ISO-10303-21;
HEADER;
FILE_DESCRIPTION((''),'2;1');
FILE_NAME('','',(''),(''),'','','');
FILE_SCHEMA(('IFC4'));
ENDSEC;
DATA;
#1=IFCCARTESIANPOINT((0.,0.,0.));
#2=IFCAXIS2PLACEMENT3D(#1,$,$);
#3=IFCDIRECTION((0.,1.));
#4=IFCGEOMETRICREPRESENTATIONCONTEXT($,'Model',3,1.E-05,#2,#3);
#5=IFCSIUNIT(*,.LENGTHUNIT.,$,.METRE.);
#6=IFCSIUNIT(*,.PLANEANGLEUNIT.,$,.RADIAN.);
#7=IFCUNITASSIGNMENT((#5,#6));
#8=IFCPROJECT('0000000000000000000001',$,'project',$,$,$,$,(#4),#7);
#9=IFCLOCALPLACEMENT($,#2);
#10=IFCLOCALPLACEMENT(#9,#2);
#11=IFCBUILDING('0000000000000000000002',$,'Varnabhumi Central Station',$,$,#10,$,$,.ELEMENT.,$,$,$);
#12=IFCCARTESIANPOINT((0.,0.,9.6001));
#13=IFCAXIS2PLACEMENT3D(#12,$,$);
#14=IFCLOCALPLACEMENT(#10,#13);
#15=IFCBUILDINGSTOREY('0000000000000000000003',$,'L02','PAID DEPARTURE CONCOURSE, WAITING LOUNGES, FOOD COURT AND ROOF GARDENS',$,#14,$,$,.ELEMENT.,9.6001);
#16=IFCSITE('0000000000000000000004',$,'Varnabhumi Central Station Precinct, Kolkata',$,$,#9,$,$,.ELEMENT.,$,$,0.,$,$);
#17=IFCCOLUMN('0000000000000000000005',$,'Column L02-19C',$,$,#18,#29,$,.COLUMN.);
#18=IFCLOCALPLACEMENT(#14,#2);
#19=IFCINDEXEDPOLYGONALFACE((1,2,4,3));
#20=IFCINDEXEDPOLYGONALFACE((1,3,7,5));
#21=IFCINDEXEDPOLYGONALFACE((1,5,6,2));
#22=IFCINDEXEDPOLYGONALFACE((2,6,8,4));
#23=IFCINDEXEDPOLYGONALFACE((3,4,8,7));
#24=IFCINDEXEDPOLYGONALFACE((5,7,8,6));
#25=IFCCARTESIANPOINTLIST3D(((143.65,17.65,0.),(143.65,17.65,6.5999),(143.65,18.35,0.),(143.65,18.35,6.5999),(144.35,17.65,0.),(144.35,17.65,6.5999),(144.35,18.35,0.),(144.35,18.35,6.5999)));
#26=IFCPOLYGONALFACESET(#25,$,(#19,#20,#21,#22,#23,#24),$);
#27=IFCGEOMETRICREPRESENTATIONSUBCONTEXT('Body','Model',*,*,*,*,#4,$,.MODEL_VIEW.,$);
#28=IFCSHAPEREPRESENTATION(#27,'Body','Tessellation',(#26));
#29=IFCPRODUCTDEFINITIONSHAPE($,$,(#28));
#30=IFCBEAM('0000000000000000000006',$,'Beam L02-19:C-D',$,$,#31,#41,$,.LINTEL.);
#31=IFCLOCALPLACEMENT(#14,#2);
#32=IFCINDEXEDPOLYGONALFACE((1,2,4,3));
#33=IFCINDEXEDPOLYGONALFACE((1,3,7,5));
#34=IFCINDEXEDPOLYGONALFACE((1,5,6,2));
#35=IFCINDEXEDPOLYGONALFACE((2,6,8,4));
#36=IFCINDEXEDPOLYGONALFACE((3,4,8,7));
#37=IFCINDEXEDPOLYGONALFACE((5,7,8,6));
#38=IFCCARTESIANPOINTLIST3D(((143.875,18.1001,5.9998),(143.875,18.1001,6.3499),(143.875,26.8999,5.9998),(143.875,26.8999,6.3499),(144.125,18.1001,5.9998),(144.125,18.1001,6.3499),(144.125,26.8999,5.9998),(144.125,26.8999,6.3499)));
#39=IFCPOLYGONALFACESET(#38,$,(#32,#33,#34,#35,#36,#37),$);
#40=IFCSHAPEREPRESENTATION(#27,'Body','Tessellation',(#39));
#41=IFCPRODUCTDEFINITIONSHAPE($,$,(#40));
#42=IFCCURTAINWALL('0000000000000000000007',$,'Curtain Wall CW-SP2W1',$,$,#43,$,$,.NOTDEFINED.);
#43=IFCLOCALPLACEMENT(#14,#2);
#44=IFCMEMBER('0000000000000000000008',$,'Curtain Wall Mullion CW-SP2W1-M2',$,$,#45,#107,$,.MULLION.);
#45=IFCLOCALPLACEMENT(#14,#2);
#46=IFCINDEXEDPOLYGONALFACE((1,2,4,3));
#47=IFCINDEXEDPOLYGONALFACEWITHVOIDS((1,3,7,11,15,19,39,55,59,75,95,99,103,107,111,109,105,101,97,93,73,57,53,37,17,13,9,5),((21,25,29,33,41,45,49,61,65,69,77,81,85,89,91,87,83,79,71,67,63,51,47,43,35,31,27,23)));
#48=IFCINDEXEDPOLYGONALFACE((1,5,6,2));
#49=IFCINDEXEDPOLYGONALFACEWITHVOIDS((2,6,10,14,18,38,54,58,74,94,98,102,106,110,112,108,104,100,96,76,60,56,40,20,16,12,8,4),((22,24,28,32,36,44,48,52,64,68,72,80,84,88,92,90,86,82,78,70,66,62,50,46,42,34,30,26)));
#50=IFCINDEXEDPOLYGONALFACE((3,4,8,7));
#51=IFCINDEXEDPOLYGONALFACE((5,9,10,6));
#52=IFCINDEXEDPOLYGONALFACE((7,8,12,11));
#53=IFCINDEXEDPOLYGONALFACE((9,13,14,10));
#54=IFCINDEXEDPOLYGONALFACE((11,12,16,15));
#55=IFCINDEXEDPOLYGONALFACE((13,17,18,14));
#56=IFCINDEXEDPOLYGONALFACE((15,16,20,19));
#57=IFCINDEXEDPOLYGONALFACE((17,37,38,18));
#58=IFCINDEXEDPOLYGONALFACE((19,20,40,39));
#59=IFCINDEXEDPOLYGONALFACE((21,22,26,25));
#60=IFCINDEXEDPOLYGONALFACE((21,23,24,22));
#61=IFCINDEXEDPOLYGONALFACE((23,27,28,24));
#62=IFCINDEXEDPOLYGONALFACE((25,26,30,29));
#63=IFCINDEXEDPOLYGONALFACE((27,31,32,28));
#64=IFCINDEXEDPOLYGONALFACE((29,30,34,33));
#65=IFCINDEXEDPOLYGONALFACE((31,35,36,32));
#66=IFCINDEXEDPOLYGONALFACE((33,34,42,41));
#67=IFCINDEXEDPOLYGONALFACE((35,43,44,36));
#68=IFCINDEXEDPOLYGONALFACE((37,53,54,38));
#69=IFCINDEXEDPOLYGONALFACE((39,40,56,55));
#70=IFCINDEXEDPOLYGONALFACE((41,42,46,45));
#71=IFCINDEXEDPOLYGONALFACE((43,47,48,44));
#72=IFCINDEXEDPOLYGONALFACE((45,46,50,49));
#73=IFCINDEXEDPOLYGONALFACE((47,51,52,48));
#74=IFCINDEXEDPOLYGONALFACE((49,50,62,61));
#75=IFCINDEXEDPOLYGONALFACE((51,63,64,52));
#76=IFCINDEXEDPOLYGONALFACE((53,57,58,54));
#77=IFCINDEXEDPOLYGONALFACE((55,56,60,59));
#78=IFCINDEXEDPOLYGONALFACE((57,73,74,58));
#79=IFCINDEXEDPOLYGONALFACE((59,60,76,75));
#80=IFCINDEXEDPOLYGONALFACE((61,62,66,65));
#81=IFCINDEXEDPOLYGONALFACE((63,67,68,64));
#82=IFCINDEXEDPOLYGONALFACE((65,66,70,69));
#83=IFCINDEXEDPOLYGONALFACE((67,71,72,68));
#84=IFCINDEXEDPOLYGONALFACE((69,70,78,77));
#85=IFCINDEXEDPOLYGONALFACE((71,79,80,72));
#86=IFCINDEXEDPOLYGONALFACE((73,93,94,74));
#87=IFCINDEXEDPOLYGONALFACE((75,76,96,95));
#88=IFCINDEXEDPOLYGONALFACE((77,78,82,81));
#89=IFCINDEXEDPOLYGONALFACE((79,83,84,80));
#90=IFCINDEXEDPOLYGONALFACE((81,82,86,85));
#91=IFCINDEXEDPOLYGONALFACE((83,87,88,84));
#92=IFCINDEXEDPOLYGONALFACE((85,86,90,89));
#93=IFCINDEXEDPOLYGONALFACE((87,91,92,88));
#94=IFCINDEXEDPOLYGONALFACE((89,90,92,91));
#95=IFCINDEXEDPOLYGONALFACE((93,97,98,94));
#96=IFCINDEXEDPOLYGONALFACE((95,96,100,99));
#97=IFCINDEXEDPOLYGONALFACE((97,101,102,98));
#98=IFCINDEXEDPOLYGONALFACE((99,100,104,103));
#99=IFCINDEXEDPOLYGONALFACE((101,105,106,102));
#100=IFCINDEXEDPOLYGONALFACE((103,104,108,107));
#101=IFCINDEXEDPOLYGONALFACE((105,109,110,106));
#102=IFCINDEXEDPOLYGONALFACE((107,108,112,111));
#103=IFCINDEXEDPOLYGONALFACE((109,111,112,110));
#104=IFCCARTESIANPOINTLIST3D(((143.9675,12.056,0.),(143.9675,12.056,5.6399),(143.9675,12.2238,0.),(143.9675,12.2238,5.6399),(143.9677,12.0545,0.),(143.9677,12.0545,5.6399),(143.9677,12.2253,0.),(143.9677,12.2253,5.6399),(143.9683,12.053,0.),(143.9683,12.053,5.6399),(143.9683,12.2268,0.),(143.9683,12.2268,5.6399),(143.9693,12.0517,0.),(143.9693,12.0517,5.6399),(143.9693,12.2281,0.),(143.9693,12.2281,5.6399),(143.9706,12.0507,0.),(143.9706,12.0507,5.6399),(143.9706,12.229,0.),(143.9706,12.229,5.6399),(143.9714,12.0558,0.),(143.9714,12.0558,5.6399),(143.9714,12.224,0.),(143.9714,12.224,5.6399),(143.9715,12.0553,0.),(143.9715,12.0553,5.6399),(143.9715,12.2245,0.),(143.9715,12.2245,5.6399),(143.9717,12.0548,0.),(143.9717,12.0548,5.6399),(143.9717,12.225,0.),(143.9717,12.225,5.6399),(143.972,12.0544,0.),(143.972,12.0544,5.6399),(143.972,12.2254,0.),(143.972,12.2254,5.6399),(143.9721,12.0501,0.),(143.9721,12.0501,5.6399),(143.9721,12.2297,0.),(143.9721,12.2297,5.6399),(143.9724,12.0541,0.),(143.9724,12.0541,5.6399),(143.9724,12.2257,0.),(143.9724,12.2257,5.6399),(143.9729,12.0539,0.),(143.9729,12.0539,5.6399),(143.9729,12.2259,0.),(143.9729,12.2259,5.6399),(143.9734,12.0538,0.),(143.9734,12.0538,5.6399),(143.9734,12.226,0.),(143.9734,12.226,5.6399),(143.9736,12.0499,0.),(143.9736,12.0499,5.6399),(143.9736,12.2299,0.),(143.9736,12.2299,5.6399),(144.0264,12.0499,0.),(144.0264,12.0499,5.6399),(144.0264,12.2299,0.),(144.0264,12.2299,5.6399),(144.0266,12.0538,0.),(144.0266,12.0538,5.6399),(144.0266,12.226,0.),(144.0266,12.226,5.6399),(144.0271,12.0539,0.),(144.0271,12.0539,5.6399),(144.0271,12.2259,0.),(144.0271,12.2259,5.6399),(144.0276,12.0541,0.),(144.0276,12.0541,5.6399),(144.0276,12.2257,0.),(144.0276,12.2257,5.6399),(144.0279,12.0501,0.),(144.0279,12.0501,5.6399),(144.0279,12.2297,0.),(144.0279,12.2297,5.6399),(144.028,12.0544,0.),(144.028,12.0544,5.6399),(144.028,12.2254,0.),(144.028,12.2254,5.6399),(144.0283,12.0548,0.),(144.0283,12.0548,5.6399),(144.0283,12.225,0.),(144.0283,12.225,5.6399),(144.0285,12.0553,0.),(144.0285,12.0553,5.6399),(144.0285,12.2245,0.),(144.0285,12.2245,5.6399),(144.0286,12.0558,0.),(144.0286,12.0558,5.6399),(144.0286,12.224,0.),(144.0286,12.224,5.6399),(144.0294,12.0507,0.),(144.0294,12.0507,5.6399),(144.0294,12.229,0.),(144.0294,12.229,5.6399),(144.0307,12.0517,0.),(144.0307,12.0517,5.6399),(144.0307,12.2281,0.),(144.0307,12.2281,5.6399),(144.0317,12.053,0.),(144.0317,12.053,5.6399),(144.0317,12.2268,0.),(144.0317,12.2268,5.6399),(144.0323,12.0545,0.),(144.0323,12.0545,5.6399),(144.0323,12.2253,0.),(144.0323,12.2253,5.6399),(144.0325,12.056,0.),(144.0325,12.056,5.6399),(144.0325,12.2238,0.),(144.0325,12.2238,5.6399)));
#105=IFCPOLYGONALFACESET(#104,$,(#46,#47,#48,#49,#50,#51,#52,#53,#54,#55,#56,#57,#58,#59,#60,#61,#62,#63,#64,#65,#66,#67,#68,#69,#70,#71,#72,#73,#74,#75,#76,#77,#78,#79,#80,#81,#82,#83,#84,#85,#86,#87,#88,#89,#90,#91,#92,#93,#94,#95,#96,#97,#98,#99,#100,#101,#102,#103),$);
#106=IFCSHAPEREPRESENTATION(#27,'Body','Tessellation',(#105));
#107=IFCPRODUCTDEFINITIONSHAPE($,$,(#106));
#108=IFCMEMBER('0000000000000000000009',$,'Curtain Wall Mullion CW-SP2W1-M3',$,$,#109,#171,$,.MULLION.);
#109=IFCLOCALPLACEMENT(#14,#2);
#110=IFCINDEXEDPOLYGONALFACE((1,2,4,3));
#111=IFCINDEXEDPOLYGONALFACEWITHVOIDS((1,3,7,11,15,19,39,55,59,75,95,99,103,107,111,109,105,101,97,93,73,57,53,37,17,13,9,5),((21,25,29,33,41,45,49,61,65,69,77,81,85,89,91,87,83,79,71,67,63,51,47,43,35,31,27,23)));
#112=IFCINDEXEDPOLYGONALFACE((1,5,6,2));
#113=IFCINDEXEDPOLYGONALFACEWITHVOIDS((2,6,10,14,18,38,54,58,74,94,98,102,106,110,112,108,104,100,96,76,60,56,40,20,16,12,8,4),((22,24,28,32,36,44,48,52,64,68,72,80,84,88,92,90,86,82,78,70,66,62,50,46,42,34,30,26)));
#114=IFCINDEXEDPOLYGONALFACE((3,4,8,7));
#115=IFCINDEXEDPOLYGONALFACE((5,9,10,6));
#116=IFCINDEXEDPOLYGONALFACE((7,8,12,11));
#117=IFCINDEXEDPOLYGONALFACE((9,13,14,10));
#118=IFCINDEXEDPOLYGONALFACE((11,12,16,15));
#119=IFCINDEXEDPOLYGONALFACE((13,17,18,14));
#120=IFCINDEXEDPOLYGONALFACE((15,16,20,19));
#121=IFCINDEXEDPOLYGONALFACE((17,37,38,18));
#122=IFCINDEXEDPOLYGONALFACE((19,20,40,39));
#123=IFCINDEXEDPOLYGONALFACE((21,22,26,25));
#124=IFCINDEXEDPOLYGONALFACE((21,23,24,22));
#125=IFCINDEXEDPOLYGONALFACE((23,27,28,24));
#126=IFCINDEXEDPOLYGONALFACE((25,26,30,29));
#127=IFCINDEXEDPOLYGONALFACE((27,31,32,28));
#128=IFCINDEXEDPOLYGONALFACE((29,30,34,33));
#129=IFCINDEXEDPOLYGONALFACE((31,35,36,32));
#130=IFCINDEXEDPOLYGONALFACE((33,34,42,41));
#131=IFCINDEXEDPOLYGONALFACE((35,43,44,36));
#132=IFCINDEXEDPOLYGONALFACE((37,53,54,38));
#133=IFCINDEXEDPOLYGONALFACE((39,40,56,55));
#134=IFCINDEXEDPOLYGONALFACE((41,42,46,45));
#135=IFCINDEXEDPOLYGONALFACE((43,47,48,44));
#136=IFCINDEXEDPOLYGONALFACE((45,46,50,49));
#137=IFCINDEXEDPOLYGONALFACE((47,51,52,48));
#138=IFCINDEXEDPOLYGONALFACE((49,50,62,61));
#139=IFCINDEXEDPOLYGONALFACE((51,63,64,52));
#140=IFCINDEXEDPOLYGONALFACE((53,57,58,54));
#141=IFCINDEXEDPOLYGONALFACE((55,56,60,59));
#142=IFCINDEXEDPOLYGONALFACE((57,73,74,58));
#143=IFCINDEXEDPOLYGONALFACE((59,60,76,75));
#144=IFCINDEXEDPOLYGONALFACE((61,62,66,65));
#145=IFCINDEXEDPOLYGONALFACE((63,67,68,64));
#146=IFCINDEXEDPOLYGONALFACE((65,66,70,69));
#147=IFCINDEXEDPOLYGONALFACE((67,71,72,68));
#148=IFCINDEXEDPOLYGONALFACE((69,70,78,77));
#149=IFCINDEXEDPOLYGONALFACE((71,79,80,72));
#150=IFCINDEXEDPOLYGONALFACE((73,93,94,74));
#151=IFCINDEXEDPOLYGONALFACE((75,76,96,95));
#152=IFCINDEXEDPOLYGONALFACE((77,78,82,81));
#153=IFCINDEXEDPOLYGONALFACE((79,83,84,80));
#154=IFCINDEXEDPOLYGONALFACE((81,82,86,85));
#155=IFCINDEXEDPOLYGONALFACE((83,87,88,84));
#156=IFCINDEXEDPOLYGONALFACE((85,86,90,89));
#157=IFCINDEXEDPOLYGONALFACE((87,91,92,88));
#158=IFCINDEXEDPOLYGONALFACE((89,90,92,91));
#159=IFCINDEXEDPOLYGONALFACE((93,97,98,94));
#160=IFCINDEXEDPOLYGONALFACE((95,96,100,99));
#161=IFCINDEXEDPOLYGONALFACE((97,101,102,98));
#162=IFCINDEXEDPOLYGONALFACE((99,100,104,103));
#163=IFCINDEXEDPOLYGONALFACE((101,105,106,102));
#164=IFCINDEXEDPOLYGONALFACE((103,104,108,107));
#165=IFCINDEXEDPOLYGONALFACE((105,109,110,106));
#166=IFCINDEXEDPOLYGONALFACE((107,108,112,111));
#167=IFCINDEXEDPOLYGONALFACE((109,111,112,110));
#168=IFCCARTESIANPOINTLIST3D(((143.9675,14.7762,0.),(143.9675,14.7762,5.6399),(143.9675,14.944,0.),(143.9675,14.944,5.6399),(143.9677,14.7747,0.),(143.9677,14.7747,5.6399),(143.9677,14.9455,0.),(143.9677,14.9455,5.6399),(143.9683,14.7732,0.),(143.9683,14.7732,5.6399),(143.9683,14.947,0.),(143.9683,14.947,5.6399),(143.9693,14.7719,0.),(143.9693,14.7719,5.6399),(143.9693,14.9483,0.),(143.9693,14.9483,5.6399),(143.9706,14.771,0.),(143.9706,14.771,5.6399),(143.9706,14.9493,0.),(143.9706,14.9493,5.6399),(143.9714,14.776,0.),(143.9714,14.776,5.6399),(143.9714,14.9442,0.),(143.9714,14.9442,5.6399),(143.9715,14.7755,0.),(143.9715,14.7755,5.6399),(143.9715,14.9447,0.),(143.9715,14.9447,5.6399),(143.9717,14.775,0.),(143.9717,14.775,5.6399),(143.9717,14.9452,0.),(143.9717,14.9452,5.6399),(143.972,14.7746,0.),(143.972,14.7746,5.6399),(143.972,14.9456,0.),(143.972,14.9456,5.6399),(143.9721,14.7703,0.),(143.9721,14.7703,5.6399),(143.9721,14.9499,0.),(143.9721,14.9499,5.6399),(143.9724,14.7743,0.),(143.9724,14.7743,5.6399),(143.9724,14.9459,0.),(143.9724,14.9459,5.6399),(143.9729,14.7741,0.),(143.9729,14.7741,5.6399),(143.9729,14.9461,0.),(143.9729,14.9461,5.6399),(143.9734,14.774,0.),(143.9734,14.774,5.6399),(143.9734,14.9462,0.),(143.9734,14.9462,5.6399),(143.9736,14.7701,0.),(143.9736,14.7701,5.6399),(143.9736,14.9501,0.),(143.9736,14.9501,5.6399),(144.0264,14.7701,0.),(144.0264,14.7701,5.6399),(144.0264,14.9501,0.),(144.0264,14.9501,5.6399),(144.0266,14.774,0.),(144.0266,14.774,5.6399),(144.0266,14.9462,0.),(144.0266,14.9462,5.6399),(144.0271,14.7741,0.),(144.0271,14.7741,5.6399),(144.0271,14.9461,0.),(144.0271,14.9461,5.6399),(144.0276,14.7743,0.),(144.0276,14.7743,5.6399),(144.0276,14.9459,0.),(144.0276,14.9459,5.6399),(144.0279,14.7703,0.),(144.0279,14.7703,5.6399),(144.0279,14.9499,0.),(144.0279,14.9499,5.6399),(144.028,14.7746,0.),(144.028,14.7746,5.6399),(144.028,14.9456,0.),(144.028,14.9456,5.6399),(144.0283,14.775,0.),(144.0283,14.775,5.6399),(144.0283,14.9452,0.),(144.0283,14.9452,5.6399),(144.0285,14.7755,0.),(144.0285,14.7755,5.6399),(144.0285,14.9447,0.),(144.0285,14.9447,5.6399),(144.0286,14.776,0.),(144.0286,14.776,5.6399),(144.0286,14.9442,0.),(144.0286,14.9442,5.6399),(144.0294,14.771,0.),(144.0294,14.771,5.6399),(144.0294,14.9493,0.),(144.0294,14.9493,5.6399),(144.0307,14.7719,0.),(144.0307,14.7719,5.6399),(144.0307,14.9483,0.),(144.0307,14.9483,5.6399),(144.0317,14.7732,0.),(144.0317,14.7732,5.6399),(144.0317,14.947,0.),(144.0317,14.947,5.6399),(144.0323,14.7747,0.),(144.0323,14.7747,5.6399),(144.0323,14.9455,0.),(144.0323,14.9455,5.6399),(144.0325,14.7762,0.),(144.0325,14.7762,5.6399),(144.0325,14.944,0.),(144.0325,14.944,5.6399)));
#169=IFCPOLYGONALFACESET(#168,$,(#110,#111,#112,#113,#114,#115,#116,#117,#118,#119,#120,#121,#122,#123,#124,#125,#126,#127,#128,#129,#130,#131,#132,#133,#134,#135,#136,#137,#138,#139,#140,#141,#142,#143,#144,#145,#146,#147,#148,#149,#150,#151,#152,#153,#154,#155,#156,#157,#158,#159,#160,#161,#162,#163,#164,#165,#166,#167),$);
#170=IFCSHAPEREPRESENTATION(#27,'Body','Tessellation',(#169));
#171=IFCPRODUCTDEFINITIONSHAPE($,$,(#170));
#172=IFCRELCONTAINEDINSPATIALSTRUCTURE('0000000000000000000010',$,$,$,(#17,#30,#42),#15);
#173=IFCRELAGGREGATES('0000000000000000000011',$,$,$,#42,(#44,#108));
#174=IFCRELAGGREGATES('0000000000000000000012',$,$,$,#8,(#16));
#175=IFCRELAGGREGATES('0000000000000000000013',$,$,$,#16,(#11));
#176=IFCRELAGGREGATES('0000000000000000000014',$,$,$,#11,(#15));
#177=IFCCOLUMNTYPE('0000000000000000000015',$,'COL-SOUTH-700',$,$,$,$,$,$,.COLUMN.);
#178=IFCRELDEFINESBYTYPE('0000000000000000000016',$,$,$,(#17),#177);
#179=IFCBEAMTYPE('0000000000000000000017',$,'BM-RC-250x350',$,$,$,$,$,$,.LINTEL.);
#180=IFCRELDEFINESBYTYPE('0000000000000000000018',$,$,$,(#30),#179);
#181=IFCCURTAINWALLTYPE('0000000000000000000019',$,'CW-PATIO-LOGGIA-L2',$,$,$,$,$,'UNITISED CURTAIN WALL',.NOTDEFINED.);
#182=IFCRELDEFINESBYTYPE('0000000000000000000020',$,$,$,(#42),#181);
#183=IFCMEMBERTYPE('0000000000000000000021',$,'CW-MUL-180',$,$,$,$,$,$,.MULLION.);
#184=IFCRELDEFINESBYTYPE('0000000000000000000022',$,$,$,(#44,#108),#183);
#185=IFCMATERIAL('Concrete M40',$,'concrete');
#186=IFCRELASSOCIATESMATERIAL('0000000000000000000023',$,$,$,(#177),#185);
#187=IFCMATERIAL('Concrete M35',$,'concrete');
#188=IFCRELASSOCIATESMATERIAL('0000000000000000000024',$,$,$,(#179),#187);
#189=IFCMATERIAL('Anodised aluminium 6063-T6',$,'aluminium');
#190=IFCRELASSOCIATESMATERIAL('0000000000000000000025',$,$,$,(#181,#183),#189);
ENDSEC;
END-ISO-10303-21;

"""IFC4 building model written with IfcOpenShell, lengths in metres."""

from ifc_helpers import new_model, si_unit, direction, frame, origin, origin_2d, place, context, subcontext, project, spatial, rectangle, hollow_rectangle, extrude, material, material_profile, profile_set, type_object, element, aggregate, save


model = new_model("IFC4")

# Units and contexts
model_context = context("Model", 3, precision=1e-05, world=origin(), true_north=direction((0.0, 1.0)))
body_context = subcontext(model_context, "Body", "Model", "MODEL_VIEW")
ifc_project = project(units=[si_unit("LENGTHUNIT", "METRE"), si_unit("PLANEANGLEUNIT", "RADIAN")], contexts=[model_context])

# Site, building, storey
site_placement = place(None, origin())
site = spatial("IfcSite", under=ifc_project, at=site_placement, Name="Varnabhumi Central Station Precinct, Kolkata", CompositionType="ELEMENT", RefElevation=0.0)
building_placement = place(site_placement, origin())
building = spatial("IfcBuilding", under=site, at=building_placement, Name="Varnabhumi Central Station", CompositionType="ELEMENT")
storey_placement = place(building_placement, frame((0.0, 0.0, 9.6001)))
storey = spatial("IfcBuildingStorey", under=building, at=storey_placement, Name="L02", Description="PAID DEPARTURE CONCOURSE, WAITING LOUNGES, FOOD COURT AND ROOF GARDENS", CompositionType="ELEMENT", Elevation=9.6001)

# Column
ifc_material_1 = material(Name="Concrete M40", Category="concrete")
ifc_material_profile_1 = material_profile(ifc_material_1, rectangle(XDim=0.7, YDim=0.7, at=origin_2d()), Name="Concrete M40", Category="concrete")
ifc_profile_set_1 = profile_set([ifc_material_profile_1], Name="Concrete M40")
column_type = type_object("IfcColumnType", Name="COL-SOUTH-700", PredefinedType="COLUMN", material=ifc_profile_set_1)
column_placement = place(storey_placement, frame((144.0, 18.0, 0.0), z_axis=(0.0, 0.0, 1.0), x_axis=(1.0, 0.0, 0.0)))
element("IfcColumn", 1, at=column_placement, inside=storey, type_object=column_type, Name="Column L02-19C", PredefinedType="COLUMN", context=body_context, shape_type="SweptSolid", body=[
    extrude(rectangle(XDim=0.7, YDim=0.7, at=origin_2d()), origin(), (0.0, 0.0, 1.0), 6.5999),
])

# Beam
ifc_material_2 = material(Name="Concrete M35", Category="concrete")
ifc_material_profile_2 = material_profile(ifc_material_2, rectangle(XDim=0.25, YDim=0.3501, at=origin_2d()), Name="Concrete M35", Category="concrete")
ifc_profile_set_2 = profile_set([ifc_material_profile_2], Name="Concrete M35")
beam_type = type_object("IfcBeamType", Name="BM-RC-250x350", PredefinedType="LINTEL", material=ifc_profile_set_2)
beam_placement = place(storey_placement, frame((144.0, 18.1001, 6.1748), z_axis=(0.0, 1.0, 0.0), x_axis=(-1.0, 0.0, 0.0)))
element("IfcBeam", 2, at=beam_placement, inside=storey, type_object=beam_type, Name="Beam L02-19:C-D", PredefinedType="LINTEL", context=body_context, shape_type="SweptSolid", body=[
    extrude(rectangle(XDim=0.25, YDim=0.3501, at=origin_2d()), origin(), (0.0, 0.0, 1.0), 8.7998),
])

# Curtain wall, members
ifc_material_3 = material(Name="Anodised aluminium 6063-T6", Category="aluminium")
curtain_wall_type = type_object("IfcCurtainWallType", Name="CW-PATIO-LOGGIA-L2", ElementType="UNITISED CURTAIN WALL", PredefinedType="NOTDEFINED", material=ifc_material_3)
curtain_wall_1_placement = place(storey_placement, origin())
curtain_wall_1 = element("IfcCurtainWall", 3, at=curtain_wall_1_placement, inside=storey, type_object=curtain_wall_type, Name="Curtain Wall CW-SP2W1", PredefinedType="NOTDEFINED")
ifc_material_profile_3 = material_profile(ifc_material_3, hollow_rectangle(XDim=0.0649, YDim=0.1799, WallThickness=0.0039, InnerFilletRadius=0.002, OuterFilletRadius=0.0061, at=origin_2d()), Name="Anodised aluminium 6063-T6", Category="aluminium")
ifc_profile_set_3 = profile_set([ifc_material_profile_3], Name="Anodised aluminium 6063-T6")
member_type_1 = type_object("IfcMemberType", Name="CW-MUL-180", PredefinedType="MULLION", material=ifc_profile_set_3)
member_1_placement = place(storey_placement, frame((144.0, 12.1399, 0.0), z_axis=(0.0, 0.0, 1.0), x_axis=(1.0, 0.0, 0.0)))
member_1 = element("IfcMember", 4, at=member_1_placement, type_object=member_type_1, Name="Curtain Wall Mullion CW-SP2W1-M2", PredefinedType="MULLION", context=body_context, shape_type="SweptSolid", body=[
    extrude(hollow_rectangle(XDim=0.0649, YDim=0.1799, WallThickness=0.0039, InnerFilletRadius=0.002, OuterFilletRadius=0.0061, at=origin_2d()), origin(), (0.0, 0.0, 1.0), 5.6399),
])
member_2_placement = place(storey_placement, frame((144.0, 14.8601, 0.0), z_axis=(0.0, 0.0, 1.0), x_axis=(1.0, 0.0, 0.0)))
member_2 = element("IfcMember", 5, at=member_2_placement, type_object=member_type_1, Name="Curtain Wall Mullion CW-SP2W1-M3", PredefinedType="MULLION", context=body_context, shape_type="SweptSolid", body=[
    extrude(hollow_rectangle(XDim=0.0649, YDim=0.1799, WallThickness=0.0039, InnerFilletRadius=0.002, OuterFilletRadius=0.0061, at=origin_2d()), origin(), (0.0, 0.0, 1.0), 5.6399),
])

aggregate(curtain_wall_1, [member_1, member_2])

save(model, "model.ifc")
